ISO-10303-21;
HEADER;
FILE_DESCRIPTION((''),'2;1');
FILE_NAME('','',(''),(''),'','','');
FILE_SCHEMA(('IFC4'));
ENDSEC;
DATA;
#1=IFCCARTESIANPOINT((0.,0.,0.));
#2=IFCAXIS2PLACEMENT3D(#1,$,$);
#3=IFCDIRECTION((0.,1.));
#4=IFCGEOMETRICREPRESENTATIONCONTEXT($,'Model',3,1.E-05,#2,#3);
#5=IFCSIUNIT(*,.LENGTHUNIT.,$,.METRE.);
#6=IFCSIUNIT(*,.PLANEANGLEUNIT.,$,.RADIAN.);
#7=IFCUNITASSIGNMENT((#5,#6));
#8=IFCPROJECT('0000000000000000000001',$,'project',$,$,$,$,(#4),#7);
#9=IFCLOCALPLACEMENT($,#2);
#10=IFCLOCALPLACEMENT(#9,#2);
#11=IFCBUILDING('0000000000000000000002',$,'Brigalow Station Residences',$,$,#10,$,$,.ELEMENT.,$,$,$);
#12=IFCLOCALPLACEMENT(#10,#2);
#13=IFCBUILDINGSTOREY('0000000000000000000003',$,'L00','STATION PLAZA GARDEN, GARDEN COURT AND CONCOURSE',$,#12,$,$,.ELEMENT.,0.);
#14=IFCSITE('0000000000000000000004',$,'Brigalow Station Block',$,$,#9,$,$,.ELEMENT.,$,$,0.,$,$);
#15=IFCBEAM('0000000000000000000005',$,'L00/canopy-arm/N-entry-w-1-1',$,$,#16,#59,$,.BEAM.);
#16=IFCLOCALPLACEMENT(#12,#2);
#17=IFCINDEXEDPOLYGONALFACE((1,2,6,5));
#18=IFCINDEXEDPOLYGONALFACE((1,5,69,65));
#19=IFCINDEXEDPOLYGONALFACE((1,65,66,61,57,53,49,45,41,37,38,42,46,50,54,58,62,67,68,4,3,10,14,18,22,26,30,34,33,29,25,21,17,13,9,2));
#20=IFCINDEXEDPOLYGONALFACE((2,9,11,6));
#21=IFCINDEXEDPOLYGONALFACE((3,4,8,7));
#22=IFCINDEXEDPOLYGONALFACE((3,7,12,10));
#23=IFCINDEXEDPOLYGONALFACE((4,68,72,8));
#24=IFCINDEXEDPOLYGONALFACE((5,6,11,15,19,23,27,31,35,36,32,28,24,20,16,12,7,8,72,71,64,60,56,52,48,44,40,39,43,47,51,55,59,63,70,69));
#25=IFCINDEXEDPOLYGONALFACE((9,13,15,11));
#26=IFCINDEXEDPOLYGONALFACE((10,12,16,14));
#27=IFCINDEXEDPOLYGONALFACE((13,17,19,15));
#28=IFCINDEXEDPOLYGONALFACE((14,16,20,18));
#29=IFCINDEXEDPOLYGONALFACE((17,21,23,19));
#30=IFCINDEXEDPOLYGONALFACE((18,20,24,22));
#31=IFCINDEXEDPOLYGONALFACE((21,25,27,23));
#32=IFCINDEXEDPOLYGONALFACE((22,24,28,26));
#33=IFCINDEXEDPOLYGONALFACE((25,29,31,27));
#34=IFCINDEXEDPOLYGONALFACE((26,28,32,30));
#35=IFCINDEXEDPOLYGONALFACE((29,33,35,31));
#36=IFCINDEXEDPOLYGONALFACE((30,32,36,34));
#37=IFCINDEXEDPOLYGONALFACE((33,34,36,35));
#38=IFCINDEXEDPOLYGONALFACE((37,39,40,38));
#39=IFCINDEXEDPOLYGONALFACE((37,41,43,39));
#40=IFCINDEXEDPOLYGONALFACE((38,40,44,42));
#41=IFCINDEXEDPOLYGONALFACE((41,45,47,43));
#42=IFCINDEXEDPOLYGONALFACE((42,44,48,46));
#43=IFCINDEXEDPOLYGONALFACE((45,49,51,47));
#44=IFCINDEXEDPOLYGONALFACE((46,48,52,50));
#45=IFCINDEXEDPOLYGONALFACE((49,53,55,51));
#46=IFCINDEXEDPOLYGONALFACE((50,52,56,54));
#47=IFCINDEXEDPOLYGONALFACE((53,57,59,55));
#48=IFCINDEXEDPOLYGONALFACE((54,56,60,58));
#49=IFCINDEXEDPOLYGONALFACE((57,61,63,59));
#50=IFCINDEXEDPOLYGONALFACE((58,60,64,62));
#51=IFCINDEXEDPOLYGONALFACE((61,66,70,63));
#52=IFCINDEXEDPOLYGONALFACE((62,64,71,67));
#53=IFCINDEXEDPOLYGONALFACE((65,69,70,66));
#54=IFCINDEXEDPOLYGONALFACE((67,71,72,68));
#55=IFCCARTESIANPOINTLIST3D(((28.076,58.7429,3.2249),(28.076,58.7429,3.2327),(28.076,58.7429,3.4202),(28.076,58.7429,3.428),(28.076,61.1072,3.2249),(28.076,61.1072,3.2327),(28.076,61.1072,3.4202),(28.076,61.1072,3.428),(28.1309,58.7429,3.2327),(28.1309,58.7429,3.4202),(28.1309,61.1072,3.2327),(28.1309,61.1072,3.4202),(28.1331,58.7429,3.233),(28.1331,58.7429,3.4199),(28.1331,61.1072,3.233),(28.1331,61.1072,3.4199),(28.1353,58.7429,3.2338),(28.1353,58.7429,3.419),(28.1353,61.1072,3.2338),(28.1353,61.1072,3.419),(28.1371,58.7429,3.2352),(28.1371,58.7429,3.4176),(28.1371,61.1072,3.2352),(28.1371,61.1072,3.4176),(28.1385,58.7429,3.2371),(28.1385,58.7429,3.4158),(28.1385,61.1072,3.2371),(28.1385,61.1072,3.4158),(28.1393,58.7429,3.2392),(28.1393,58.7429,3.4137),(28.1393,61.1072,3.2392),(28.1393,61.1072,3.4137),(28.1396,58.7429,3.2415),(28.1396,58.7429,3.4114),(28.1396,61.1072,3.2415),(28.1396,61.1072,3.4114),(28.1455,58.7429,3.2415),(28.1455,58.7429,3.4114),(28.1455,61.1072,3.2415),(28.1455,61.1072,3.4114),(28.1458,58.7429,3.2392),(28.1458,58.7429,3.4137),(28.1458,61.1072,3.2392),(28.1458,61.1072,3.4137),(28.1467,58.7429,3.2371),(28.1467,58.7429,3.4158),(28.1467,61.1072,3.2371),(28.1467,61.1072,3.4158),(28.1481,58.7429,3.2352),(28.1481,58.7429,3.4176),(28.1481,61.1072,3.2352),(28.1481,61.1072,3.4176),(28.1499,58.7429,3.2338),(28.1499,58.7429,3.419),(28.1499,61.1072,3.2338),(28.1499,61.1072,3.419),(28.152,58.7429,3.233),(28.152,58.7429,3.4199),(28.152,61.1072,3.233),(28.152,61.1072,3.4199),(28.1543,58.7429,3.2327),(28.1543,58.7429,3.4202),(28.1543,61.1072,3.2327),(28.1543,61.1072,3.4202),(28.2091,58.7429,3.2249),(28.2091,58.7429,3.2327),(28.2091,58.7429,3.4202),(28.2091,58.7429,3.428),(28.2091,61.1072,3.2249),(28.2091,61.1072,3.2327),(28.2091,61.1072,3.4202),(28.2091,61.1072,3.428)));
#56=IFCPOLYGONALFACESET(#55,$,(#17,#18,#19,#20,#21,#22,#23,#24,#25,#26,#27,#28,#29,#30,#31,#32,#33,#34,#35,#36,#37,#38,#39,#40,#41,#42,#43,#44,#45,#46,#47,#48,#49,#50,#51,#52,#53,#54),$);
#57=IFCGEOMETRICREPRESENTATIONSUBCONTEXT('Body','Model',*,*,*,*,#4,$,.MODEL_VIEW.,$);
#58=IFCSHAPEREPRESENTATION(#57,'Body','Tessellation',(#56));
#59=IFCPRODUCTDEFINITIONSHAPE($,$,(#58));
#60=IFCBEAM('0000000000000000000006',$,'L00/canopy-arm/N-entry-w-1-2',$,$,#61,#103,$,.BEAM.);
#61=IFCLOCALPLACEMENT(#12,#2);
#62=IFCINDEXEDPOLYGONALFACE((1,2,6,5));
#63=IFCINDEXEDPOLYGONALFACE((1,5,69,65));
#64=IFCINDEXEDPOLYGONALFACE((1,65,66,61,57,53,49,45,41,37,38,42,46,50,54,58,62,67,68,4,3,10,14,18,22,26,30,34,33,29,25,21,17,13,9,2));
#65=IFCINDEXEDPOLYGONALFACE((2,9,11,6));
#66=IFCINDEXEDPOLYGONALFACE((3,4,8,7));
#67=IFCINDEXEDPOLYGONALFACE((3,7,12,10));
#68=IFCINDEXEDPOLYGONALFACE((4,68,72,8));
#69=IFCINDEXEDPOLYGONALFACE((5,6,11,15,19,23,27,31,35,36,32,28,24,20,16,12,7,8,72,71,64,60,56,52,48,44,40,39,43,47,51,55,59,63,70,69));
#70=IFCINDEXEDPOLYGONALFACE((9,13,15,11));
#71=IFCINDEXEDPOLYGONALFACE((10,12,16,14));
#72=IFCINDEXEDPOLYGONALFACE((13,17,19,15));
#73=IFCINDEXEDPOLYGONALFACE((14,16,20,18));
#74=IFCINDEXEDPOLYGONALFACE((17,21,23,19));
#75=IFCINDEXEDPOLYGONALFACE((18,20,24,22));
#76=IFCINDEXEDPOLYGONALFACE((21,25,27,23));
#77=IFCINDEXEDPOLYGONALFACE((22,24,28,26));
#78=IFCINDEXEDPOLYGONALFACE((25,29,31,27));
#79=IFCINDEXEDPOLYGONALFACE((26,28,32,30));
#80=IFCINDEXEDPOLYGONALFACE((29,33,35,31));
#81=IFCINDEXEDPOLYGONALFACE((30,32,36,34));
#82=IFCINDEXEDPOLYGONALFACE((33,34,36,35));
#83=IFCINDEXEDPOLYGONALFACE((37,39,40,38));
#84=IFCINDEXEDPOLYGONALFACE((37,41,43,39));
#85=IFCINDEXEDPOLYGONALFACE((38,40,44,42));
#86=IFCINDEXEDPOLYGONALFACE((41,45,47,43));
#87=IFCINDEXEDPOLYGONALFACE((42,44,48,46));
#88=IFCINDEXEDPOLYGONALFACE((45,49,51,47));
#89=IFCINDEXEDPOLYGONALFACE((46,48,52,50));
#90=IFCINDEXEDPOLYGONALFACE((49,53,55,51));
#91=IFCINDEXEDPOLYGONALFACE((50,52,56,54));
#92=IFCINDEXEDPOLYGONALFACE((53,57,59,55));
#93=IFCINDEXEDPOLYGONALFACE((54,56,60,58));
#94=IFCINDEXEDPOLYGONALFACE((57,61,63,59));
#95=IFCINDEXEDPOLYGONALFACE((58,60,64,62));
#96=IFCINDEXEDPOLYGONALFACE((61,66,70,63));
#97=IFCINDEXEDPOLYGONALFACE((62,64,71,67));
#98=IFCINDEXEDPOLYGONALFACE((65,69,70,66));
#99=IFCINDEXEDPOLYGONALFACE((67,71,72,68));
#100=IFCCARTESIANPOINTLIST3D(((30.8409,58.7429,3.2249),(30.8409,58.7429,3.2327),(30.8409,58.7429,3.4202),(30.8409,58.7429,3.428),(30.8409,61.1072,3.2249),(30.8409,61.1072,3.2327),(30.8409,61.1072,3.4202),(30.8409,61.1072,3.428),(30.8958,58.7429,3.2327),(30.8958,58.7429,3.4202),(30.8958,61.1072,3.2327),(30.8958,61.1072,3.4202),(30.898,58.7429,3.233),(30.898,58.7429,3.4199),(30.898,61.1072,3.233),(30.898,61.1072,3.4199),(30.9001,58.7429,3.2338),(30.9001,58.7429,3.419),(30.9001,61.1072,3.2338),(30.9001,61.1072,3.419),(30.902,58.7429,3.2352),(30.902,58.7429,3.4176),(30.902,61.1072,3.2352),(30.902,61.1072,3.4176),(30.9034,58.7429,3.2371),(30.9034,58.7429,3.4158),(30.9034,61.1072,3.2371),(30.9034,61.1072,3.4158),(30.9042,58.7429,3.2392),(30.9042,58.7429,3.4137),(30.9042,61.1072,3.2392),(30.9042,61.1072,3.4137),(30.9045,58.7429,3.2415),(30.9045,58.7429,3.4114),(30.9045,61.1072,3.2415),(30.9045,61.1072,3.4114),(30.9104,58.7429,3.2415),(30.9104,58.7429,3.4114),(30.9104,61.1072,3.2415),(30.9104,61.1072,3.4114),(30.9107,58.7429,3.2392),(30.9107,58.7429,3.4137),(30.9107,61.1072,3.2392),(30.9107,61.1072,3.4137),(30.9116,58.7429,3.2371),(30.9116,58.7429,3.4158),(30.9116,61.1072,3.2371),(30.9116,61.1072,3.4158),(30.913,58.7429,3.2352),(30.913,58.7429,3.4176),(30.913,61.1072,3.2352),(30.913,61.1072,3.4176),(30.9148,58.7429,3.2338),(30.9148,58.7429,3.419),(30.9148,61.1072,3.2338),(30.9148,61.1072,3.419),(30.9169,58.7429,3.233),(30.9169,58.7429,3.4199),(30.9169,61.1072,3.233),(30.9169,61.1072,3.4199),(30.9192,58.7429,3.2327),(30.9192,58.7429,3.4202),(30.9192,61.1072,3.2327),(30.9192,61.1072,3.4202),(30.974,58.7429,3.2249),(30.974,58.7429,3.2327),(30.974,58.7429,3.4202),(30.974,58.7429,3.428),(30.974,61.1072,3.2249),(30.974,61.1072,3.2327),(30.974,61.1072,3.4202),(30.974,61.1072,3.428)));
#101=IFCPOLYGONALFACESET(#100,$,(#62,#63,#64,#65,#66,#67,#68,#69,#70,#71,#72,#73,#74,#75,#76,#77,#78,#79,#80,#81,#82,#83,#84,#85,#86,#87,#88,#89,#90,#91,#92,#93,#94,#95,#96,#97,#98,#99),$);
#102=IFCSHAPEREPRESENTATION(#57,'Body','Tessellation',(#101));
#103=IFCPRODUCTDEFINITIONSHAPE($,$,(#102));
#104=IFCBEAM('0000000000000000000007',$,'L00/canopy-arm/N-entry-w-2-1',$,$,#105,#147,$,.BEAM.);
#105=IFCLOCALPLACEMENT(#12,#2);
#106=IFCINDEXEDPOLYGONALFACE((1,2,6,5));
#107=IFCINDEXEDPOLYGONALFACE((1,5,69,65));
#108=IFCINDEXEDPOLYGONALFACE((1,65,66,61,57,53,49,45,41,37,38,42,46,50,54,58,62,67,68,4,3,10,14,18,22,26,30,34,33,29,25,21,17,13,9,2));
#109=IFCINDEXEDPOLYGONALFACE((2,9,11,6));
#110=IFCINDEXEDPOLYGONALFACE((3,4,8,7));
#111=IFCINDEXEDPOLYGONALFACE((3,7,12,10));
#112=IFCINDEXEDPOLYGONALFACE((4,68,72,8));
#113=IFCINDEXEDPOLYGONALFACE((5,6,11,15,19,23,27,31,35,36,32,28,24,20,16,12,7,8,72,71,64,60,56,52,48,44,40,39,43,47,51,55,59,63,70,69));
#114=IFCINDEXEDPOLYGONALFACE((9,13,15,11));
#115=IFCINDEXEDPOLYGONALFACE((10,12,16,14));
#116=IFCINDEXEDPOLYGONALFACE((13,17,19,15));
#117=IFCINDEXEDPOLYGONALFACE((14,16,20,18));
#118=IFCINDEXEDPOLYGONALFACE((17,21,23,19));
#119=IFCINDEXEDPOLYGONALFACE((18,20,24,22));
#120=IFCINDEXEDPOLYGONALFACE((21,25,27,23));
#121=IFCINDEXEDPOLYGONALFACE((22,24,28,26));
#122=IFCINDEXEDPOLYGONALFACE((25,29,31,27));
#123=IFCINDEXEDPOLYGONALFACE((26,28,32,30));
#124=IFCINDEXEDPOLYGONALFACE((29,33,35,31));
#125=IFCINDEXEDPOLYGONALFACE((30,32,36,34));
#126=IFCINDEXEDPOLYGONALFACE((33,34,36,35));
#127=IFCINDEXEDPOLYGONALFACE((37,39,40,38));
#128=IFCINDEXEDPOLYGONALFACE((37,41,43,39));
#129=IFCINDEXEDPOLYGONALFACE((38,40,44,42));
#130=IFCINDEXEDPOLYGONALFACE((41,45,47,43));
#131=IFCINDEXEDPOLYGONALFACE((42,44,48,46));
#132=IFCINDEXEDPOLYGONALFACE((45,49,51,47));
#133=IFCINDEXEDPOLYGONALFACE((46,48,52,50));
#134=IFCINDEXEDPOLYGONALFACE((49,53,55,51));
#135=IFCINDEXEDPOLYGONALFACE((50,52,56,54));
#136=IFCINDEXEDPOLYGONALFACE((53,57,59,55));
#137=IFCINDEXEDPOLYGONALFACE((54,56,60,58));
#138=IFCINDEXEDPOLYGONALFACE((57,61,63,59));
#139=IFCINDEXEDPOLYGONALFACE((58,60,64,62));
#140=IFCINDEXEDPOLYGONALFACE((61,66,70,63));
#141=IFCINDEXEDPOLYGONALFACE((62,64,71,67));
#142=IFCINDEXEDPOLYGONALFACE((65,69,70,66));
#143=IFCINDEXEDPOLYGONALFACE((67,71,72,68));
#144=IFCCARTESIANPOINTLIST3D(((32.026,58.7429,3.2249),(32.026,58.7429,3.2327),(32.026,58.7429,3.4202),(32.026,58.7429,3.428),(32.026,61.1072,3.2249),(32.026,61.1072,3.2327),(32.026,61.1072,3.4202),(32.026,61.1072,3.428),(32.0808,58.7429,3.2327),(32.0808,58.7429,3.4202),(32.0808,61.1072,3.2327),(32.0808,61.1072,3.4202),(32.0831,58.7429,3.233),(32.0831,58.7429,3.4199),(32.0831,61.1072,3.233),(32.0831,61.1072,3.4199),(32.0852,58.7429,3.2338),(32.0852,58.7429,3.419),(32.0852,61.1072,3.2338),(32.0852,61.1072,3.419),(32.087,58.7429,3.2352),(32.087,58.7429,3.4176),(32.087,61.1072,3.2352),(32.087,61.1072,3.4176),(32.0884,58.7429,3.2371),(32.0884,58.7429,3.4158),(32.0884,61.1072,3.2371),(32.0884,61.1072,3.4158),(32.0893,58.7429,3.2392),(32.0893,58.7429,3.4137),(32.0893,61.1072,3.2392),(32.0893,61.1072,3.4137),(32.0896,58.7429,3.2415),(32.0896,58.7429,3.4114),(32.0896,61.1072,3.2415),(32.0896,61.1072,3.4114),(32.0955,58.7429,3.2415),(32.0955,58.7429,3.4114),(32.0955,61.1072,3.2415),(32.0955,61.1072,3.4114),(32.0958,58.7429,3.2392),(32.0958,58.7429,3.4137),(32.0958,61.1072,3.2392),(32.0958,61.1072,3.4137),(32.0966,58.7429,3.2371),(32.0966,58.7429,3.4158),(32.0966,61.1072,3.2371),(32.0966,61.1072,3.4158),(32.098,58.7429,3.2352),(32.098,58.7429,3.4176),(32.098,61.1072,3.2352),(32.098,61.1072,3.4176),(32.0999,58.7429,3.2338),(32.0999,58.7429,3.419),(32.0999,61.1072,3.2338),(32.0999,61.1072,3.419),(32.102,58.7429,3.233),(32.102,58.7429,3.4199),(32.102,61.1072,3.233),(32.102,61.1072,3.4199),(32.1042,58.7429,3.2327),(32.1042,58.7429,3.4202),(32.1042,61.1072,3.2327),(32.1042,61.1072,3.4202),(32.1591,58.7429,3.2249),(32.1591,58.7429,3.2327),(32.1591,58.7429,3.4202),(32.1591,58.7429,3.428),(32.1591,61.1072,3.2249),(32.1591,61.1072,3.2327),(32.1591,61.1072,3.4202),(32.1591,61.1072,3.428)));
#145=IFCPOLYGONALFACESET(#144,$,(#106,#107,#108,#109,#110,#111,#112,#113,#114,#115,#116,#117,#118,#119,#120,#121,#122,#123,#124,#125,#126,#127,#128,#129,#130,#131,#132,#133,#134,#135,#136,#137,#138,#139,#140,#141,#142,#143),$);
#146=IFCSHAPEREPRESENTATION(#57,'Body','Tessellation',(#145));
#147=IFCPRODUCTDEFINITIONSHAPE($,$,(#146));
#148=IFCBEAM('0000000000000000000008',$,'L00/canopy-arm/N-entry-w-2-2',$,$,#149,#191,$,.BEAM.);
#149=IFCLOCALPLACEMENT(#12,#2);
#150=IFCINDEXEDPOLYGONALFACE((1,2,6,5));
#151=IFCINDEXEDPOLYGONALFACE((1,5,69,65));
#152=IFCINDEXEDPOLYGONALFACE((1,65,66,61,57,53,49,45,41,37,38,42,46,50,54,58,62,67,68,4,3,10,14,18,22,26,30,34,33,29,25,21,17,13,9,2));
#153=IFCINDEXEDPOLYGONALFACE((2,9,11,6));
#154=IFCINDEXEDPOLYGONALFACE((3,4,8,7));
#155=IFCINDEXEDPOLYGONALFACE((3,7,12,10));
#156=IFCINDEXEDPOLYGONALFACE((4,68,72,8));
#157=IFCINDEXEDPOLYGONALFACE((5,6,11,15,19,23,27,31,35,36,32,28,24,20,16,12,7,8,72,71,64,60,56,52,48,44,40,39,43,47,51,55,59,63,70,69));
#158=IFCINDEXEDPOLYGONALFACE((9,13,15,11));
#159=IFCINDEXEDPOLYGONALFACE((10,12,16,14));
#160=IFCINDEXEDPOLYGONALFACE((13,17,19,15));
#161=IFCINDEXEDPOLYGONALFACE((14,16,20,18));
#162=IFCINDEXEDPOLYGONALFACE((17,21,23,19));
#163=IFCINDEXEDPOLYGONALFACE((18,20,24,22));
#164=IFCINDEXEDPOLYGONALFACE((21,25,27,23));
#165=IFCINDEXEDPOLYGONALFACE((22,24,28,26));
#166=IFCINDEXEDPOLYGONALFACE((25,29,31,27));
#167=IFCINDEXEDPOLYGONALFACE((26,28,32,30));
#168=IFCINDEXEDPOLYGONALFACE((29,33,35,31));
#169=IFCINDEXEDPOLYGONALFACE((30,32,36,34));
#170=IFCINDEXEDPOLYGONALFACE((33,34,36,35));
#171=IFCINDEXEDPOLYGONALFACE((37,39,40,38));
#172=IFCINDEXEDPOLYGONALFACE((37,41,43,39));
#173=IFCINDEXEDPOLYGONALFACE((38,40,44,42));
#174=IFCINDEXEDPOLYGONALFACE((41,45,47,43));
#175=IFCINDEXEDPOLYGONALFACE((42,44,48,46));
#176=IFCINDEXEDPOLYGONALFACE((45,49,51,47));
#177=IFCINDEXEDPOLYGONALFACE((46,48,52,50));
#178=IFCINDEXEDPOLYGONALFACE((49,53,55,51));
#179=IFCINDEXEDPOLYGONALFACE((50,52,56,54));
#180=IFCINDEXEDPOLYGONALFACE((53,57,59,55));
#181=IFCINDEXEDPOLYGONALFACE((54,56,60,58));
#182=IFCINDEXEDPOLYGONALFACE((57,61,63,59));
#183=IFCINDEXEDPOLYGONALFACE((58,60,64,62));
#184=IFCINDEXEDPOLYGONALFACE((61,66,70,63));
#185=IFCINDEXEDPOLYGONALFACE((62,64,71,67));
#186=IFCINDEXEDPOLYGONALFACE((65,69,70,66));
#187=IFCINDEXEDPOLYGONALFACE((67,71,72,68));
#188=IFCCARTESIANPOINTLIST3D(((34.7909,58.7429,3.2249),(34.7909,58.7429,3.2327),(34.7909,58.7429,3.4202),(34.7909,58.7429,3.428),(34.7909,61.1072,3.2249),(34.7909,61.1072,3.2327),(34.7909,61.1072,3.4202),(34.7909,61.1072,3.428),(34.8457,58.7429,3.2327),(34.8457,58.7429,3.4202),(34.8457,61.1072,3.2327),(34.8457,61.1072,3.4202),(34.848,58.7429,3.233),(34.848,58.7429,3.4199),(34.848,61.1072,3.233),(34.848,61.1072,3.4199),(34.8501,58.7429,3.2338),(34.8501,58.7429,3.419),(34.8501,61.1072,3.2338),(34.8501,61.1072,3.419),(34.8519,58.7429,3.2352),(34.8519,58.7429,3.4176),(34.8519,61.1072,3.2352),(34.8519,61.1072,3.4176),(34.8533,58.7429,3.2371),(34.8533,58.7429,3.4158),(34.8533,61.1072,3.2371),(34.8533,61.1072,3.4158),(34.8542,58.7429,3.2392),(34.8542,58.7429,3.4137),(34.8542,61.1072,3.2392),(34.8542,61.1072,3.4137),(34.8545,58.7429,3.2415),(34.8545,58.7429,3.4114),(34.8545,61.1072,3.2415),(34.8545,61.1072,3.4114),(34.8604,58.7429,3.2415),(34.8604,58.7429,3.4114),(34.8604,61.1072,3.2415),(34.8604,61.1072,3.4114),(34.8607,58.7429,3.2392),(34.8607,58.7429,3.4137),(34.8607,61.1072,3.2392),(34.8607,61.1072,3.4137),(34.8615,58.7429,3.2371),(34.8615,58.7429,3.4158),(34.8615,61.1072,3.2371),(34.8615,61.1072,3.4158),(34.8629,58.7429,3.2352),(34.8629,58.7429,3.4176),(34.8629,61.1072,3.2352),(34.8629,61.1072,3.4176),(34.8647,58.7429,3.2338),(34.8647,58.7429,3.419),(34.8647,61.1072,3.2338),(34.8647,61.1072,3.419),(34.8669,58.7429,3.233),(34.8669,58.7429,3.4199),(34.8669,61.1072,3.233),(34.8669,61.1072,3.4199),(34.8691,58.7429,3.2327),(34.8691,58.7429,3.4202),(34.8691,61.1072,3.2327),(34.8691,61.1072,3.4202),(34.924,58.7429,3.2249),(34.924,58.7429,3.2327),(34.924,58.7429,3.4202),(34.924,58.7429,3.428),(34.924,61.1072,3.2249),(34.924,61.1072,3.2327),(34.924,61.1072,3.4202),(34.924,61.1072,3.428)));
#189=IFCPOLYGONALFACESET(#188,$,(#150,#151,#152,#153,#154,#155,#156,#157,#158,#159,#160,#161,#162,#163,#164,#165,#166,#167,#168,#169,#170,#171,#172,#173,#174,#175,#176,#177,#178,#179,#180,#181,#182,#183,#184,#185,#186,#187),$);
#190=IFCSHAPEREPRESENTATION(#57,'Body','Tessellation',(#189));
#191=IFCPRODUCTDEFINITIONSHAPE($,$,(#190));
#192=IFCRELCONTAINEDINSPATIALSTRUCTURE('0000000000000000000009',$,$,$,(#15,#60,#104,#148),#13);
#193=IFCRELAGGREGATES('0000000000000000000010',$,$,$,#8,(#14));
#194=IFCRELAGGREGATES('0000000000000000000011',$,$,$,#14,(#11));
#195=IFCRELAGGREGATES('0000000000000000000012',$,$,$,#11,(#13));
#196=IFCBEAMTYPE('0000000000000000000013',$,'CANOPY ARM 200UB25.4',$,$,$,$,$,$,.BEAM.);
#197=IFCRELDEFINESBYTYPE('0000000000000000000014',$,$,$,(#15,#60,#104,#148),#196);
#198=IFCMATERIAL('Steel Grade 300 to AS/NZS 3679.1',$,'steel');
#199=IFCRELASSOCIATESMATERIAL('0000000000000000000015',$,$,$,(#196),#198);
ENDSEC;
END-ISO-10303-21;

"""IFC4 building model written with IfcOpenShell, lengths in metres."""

from ifc_helpers import new_model, si_unit, direction, frame, origin, origin_2d, place, context, subcontext, project, spatial, i_section, extrude, material, material_profile, profile_set, type_object, element, save


model = new_model("IFC4")

# Units and contexts
model_context = context("Model", 3, precision=1e-05, world=origin(), true_north=direction((0.0, 1.0)))
body_context = subcontext(model_context, "Body", "Model", "MODEL_VIEW")
ifc_project = project(units=[si_unit("LENGTHUNIT", "METRE"), si_unit("PLANEANGLEUNIT", "RADIAN")], contexts=[model_context])

# Site, building, storey
site_placement = place(None, origin())
site = spatial("IfcSite", under=ifc_project, at=site_placement, Name="Brigalow Station Block", CompositionType="ELEMENT", RefElevation=0.0)
building_placement = place(site_placement, origin())
building = spatial("IfcBuilding", under=site, at=building_placement, Name="Brigalow Station Residences", CompositionType="ELEMENT")
storey_placement = place(building_placement, origin())
storey = spatial("IfcBuildingStorey", under=building, at=storey_placement, Name="L00", Description="STATION PLAZA GARDEN, GARDEN COURT AND CONCOURSE", CompositionType="ELEMENT", Elevation=0.0)

# Beams
ifc_material_1 = material(Name="Steel Grade 300 to AS/NZS 3679.1", Category="steel")
ifc_material_profile_1 = material_profile(ifc_material_1, i_section(OverallWidth=0.1331, OverallDepth=0.2031, WebThickness=0.0059, FlangeThickness=0.0078, FilletRadius=0.0088, at=origin_2d()), Name="200UB25.4")
ifc_profile_set_1 = profile_set([ifc_material_profile_1], Name="Steel Grade 300 to AS/NZS 3679.1")
beam_type_1 = type_object("IfcBeamType", Name="CANOPY ARM 200UB25.4", PredefinedType="BEAM", material=ifc_profile_set_1)
for number, where, z_axis, x_axis, name in (
    (1, (28.1426, 58.7429, 3.3264), (0.0, 1.0, 0.0), (-1.0, 0.0, 0.0), "L00/canopy-arm/N-entry-w-1-1"),
    (2, (30.9075, 58.7429, 3.3264), (0.0, 1.0, 0.0), (-1.0, 0.0, 0.0), "L00/canopy-arm/N-entry-w-1-2"),
    (3, (32.0925, 58.7429, 3.3264), (0.0, 1.0, 0.0), (-1.0, 0.0, 0.0), "L00/canopy-arm/N-entry-w-2-1"),
    (4, (34.8574, 58.7429, 3.3264), (0.0, 1.0, 0.0), (-1.0, 0.0, 0.0), "L00/canopy-arm/N-entry-w-2-2"),
):
    element("IfcBeam", number, at=place(storey_placement, frame(where, z_axis=z_axis, x_axis=x_axis)), inside=storey, type_object=beam_type_1, Name=name, PredefinedType="BEAM", context=body_context, shape_type="SweptSolid", body=[
        extrude(i_section(OverallWidth=0.1331, OverallDepth=0.2031, WebThickness=0.0059, FlangeThickness=0.0078, FilletRadius=0.0088, at=origin_2d()), origin(), (0.0, 0.0, 1.0), 2.3643),
    ])

save(model, "model.ifc")
